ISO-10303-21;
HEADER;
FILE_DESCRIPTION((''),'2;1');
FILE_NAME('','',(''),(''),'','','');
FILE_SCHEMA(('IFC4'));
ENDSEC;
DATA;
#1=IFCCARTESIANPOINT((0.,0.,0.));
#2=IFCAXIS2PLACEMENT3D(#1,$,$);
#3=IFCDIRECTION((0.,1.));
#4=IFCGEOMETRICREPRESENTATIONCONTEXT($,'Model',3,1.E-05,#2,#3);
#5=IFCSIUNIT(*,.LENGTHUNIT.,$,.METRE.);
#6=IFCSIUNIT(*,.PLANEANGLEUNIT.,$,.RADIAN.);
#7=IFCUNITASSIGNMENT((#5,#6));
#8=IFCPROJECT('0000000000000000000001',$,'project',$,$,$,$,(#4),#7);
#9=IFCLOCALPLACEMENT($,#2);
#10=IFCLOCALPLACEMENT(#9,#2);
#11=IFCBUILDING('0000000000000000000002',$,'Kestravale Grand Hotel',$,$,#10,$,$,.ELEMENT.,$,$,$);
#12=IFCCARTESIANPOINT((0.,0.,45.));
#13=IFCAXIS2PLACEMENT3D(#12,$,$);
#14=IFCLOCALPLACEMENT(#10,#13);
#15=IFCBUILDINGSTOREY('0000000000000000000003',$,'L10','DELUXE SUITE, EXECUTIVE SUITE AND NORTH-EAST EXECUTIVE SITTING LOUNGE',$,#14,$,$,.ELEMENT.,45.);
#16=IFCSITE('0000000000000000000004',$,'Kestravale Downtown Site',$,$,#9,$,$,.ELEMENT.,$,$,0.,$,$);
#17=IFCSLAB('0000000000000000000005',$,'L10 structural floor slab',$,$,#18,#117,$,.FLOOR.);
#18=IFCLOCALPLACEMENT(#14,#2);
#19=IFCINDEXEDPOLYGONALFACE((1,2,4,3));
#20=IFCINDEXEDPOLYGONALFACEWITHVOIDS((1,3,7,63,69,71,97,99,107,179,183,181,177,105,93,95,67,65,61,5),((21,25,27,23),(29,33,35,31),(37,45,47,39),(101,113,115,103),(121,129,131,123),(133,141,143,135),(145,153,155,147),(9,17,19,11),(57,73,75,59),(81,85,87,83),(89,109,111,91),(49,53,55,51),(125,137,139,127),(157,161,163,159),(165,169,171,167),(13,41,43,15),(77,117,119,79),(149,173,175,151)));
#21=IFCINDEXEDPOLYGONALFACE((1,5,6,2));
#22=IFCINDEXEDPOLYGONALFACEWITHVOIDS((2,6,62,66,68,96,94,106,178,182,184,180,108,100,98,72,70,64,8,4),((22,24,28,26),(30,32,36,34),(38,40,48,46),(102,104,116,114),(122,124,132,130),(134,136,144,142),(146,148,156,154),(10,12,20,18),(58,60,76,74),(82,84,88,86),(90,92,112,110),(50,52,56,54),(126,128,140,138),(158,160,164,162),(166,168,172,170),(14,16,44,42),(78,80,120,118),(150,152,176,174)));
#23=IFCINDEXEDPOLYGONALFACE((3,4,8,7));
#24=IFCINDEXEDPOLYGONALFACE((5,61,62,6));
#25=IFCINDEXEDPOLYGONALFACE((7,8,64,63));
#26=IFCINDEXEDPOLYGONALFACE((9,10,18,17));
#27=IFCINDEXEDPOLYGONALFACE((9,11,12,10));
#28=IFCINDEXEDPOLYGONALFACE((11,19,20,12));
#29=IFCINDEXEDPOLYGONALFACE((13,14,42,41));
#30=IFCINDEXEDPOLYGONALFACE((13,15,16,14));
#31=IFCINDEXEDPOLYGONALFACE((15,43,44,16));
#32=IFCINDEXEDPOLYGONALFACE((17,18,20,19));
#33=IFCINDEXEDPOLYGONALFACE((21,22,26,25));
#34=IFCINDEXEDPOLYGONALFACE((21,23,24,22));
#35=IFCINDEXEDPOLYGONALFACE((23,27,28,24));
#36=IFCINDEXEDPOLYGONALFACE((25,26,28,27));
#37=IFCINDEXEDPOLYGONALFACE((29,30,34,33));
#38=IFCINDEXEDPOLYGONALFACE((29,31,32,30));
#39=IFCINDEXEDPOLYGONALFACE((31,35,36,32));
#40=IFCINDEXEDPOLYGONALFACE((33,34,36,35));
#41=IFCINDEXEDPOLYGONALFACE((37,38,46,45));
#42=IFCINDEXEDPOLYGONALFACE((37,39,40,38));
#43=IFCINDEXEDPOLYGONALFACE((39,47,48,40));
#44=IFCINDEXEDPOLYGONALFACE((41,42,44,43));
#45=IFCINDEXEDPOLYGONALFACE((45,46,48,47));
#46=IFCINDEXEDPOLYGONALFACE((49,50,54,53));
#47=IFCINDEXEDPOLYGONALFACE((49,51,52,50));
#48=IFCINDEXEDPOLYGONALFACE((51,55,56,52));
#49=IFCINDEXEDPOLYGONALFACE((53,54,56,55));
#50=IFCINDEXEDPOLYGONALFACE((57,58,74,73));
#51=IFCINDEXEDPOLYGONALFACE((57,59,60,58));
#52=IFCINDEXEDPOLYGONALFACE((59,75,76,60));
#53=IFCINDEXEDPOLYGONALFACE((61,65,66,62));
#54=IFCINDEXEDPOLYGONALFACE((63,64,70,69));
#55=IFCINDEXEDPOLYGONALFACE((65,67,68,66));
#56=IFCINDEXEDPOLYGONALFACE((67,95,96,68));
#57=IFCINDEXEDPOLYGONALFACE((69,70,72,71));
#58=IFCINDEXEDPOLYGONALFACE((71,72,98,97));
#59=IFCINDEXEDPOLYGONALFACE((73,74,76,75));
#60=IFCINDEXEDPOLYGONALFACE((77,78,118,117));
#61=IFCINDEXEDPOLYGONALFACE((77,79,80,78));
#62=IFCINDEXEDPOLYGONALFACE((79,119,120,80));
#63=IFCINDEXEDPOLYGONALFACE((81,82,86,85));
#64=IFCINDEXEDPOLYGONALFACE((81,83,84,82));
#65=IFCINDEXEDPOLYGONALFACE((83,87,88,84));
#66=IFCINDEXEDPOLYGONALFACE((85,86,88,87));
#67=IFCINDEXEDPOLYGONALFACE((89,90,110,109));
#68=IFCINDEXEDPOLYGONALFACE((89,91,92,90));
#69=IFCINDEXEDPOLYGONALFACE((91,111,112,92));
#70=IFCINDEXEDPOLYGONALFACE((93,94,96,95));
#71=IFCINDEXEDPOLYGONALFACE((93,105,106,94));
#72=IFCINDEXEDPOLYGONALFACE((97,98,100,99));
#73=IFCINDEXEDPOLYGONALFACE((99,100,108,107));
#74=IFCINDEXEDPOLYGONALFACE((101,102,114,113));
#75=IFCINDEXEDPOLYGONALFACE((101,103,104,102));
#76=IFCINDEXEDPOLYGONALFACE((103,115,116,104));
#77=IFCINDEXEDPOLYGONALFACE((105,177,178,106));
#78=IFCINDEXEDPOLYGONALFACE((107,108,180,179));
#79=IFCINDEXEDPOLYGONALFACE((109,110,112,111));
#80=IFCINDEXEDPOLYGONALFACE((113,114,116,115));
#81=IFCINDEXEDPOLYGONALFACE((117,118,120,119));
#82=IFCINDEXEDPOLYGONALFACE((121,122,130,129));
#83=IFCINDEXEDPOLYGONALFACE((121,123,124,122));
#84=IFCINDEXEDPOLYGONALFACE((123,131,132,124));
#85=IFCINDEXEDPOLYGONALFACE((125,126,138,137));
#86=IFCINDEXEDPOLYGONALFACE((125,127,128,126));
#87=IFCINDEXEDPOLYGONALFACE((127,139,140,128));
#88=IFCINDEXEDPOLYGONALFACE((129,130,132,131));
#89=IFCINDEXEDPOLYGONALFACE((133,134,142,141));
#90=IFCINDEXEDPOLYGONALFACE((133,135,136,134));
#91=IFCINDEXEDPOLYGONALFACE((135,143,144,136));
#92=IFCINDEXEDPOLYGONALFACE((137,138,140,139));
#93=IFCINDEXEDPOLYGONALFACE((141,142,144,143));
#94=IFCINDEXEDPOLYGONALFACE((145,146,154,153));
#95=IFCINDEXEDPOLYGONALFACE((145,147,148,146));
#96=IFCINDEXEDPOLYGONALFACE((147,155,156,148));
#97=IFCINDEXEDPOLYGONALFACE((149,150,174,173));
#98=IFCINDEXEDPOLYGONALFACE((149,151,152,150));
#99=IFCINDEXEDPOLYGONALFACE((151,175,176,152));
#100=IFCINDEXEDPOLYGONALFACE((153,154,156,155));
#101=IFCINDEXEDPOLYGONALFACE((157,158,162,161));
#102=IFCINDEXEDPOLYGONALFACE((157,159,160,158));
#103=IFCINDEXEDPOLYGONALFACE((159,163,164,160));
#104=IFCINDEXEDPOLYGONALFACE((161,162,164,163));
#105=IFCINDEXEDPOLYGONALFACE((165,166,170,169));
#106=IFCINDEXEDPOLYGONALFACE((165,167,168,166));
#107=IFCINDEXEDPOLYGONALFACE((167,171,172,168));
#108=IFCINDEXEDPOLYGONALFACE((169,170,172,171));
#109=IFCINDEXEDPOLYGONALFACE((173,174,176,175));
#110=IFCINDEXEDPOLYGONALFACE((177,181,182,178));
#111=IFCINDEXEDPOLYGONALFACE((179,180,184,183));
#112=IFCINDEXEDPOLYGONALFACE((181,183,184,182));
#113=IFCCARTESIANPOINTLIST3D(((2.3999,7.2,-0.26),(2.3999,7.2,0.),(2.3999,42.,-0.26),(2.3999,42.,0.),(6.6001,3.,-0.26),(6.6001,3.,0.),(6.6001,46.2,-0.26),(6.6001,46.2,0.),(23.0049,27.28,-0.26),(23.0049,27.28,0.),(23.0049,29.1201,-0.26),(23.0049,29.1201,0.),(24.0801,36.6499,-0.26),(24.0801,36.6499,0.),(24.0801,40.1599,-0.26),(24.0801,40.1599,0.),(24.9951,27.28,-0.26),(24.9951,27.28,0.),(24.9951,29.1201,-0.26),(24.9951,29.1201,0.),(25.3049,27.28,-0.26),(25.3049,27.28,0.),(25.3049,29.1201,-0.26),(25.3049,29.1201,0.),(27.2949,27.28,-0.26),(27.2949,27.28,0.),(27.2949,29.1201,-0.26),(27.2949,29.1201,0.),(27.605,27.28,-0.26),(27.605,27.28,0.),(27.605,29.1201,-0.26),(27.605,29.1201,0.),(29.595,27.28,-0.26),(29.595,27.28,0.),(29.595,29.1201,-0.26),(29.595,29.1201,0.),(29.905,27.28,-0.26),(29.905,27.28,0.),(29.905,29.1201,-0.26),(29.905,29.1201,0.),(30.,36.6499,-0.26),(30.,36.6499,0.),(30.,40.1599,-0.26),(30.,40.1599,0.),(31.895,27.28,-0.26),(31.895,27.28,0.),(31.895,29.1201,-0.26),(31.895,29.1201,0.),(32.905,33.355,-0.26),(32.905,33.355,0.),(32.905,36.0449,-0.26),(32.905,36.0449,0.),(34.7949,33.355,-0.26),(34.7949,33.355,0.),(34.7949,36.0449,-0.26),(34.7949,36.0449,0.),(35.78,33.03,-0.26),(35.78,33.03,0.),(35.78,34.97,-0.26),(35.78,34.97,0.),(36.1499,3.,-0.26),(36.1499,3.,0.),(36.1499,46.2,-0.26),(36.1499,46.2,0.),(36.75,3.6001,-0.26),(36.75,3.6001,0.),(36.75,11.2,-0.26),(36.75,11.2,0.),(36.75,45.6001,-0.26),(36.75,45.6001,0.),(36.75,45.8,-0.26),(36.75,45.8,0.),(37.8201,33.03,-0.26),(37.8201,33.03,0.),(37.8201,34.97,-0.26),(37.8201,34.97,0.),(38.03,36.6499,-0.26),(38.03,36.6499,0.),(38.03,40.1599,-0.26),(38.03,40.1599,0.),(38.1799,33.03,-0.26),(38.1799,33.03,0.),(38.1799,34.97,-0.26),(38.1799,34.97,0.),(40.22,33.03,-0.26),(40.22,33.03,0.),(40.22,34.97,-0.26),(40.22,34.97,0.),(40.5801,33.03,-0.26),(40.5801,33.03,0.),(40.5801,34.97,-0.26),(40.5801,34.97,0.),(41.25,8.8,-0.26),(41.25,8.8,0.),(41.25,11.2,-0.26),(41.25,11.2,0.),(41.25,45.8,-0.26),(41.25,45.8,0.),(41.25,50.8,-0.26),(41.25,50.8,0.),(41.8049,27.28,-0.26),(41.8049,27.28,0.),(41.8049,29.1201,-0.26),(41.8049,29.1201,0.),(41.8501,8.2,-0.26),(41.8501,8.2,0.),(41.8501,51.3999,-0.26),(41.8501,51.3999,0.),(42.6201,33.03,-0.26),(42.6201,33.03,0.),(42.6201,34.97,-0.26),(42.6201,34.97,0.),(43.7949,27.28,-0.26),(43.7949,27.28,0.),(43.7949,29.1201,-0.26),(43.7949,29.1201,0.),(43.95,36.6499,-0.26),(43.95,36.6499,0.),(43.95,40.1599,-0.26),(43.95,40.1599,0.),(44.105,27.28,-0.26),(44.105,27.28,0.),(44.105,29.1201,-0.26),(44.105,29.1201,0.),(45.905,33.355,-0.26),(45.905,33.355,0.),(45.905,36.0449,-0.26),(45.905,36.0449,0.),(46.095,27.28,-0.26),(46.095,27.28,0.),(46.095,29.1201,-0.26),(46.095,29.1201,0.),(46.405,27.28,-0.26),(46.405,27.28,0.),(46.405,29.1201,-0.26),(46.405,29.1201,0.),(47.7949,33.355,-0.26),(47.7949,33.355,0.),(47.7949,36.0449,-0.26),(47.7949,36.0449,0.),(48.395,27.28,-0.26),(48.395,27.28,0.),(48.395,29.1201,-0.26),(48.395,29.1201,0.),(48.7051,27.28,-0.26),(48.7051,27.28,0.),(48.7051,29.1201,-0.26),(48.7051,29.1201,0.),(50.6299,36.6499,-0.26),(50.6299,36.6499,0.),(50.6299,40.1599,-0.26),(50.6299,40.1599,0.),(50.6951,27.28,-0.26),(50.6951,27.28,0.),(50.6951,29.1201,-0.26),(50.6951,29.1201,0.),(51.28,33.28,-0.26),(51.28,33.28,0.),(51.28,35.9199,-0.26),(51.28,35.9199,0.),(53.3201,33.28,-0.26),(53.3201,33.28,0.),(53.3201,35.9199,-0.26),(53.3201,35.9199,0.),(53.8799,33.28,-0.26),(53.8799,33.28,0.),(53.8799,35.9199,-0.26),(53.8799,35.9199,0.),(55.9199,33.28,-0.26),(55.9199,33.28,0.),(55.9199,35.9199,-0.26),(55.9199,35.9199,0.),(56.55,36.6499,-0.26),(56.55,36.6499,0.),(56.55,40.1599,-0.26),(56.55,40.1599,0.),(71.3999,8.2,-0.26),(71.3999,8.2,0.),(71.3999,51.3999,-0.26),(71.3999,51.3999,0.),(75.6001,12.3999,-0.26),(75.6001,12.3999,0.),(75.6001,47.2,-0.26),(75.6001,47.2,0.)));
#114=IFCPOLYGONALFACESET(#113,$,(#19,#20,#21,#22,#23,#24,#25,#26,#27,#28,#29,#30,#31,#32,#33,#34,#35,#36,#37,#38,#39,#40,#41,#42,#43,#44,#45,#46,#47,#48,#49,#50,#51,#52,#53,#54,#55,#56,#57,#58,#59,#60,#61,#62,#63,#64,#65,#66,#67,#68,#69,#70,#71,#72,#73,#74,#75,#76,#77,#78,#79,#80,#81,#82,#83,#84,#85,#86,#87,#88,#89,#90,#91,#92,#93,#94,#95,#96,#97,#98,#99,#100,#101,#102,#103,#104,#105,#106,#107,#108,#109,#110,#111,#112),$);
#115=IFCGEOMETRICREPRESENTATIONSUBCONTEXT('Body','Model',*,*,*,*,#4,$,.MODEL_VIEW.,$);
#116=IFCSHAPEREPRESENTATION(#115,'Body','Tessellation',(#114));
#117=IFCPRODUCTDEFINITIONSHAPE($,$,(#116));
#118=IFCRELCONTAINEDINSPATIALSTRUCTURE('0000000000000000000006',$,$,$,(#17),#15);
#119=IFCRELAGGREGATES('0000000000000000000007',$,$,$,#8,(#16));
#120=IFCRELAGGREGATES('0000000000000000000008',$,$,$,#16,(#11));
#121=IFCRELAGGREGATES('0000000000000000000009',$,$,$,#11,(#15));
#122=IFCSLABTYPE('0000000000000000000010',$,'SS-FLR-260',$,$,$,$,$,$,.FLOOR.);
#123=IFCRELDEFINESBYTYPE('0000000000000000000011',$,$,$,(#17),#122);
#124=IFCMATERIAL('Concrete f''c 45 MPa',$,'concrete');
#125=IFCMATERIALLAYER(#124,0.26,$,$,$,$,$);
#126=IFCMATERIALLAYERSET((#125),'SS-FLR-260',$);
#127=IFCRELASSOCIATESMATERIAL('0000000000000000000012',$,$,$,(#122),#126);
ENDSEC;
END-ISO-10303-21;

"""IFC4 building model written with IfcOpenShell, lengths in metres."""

from ifc_helpers import new_model, si_unit, direction, frame, origin, place, context, subcontext, project, spatial, polyline, outline, extrude, material, layer, layer_set, type_object, element, save


model = new_model("IFC4")

# Units and contexts
model_context = context("Model", 3, precision=1e-05, world=origin(), true_north=direction((0.0, 1.0)))
body_context = subcontext(model_context, "Body", "Model", "MODEL_VIEW")
ifc_project = project(units=[si_unit("LENGTHUNIT", "METRE"), si_unit("PLANEANGLEUNIT", "RADIAN")], contexts=[model_context])

# Site, building, storey
site_placement = place(None, origin())
site = spatial("IfcSite", under=ifc_project, at=site_placement, Name="Kestravale Downtown Site", CompositionType="ELEMENT", RefElevation=0.0)
building_placement = place(site_placement, origin())
building = spatial("IfcBuilding", under=site, at=building_placement, Name="Kestravale Grand Hotel", CompositionType="ELEMENT")
storey_placement = place(building_placement, frame((0.0, 0.0, 45.0)))
storey = spatial("IfcBuildingStorey", under=building, at=storey_placement, Name="L10", Description="DELUXE SUITE, EXECUTIVE SUITE AND NORTH-EAST EXECUTIVE SITTING LOUNGE", CompositionType="ELEMENT", Elevation=45.0)

# Slab
ifc_material_1 = material(Name="Concrete f'c 45 MPa", Category="concrete")
ifc_layer_1 = layer(ifc_material_1, 0.26)
ifc_layer_set_1 = layer_set([ifc_layer_1], Name="SS-FLR-260")
slab_type_1 = type_object("IfcSlabType", Name="SS-FLR-260", PredefinedType="FLOOR", material=ifc_layer_set_1)
slab_1_placement = place(storey_placement, frame((0.0, 0.0, -0.26)))
element("IfcSlab", 1, at=slab_1_placement, inside=storey, type_object=slab_type_1, Name="L10 structural floor slab", PredefinedType="FLOOR", context=body_context, shape_type="SweptSolid", body=[
    extrude(outline(polyline([(6.6001, 3.0), (36.1499, 3.0), (36.75, 3.6001), (36.75, 11.2), (41.25, 11.2), (41.25, 8.8), (41.8501, 8.2), (71.3999, 8.2), (75.6001, 12.3999), (75.6001, 47.2), (71.3999, 51.3999), (41.8501, 51.3999), (41.25, 50.8), (41.25, 45.8), (36.75, 45.8), (36.75, 45.6001), (36.1499, 46.2), (6.6001, 46.2), (2.3999, 42.0), (2.3999, 7.2), (6.6001, 3.0)]), holes=[polyline([(24.0801, 36.6499), (30.0, 36.6499), (30.0, 40.1599), (24.0801, 40.1599), (24.0801, 36.6499)]), polyline([(38.03, 36.6499), (43.95, 36.6499), (43.95, 40.1599), (38.03, 40.1599), (38.03, 36.6499)]), polyline([(50.6299, 36.6499), (56.55, 36.6499), (56.55, 40.1599), (50.6299, 40.1599), (50.6299, 36.6499)]), polyline([(23.0049, 27.28), (24.9951, 27.28), (24.9951, 29.1201), (23.0049, 29.1201), (23.0049, 27.28)]), polyline([(25.3049, 27.28), (27.2949, 27.28), (27.2949, 29.1201), (25.3049, 29.1201), (25.3049, 27.28)]), polyline([(27.605, 27.28), (29.595, 27.28), (29.595, 29.1201), (27.605, 29.1201), (27.605, 27.28)]), polyline([(29.905, 27.28), (31.895, 27.28), (31.895, 29.1201), (29.905, 29.1201), (29.905, 27.28)]), polyline([(41.8049, 27.28), (43.7949, 27.28), (43.7949, 29.1201), (41.8049, 29.1201), (41.8049, 27.28)]), polyline([(44.105, 27.28), (46.095, 27.28), (46.095, 29.1201), (44.105, 29.1201), (44.105, 27.28)]), polyline([(46.405, 27.28), (48.395, 27.28), (48.395, 29.1201), (46.405, 29.1201), (46.405, 27.28)]), polyline([(48.7051, 27.28), (50.6951, 27.28), (50.6951, 29.1201), (48.7051, 29.1201), (48.7051, 27.28)]), polyline([(35.78, 33.03), (37.8201, 33.03), (37.8201, 34.97), (35.78, 34.97), (35.78, 33.03)]), polyline([(38.1799, 33.03), (40.22, 33.03), (40.22, 34.97), (38.1799, 34.97), (38.1799, 33.03)]), polyline([(40.5801, 33.03), (42.6201, 33.03), (42.6201, 34.97), (40.5801, 34.97), (40.5801, 33.03)]), polyline([(32.905, 33.355), (34.7949, 33.355), (34.7949, 36.0449), (32.905, 36.0449), (32.905, 33.355)]), polyline([(45.905, 33.355), (47.7949, 33.355), (47.7949, 36.0449), (45.905, 36.0449), (45.905, 33.355)]), polyline([(51.28, 33.28), (53.3201, 33.28), (53.3201, 35.9199), (51.28, 35.9199), (51.28, 33.28)]), polyline([(53.8799, 33.28), (55.9199, 33.28), (55.9199, 35.9199), (53.8799, 35.9199), (53.8799, 33.28)])]), origin(), (0.0, 0.0, 1.0), 0.26),
])

save(model, "model.ifc")
